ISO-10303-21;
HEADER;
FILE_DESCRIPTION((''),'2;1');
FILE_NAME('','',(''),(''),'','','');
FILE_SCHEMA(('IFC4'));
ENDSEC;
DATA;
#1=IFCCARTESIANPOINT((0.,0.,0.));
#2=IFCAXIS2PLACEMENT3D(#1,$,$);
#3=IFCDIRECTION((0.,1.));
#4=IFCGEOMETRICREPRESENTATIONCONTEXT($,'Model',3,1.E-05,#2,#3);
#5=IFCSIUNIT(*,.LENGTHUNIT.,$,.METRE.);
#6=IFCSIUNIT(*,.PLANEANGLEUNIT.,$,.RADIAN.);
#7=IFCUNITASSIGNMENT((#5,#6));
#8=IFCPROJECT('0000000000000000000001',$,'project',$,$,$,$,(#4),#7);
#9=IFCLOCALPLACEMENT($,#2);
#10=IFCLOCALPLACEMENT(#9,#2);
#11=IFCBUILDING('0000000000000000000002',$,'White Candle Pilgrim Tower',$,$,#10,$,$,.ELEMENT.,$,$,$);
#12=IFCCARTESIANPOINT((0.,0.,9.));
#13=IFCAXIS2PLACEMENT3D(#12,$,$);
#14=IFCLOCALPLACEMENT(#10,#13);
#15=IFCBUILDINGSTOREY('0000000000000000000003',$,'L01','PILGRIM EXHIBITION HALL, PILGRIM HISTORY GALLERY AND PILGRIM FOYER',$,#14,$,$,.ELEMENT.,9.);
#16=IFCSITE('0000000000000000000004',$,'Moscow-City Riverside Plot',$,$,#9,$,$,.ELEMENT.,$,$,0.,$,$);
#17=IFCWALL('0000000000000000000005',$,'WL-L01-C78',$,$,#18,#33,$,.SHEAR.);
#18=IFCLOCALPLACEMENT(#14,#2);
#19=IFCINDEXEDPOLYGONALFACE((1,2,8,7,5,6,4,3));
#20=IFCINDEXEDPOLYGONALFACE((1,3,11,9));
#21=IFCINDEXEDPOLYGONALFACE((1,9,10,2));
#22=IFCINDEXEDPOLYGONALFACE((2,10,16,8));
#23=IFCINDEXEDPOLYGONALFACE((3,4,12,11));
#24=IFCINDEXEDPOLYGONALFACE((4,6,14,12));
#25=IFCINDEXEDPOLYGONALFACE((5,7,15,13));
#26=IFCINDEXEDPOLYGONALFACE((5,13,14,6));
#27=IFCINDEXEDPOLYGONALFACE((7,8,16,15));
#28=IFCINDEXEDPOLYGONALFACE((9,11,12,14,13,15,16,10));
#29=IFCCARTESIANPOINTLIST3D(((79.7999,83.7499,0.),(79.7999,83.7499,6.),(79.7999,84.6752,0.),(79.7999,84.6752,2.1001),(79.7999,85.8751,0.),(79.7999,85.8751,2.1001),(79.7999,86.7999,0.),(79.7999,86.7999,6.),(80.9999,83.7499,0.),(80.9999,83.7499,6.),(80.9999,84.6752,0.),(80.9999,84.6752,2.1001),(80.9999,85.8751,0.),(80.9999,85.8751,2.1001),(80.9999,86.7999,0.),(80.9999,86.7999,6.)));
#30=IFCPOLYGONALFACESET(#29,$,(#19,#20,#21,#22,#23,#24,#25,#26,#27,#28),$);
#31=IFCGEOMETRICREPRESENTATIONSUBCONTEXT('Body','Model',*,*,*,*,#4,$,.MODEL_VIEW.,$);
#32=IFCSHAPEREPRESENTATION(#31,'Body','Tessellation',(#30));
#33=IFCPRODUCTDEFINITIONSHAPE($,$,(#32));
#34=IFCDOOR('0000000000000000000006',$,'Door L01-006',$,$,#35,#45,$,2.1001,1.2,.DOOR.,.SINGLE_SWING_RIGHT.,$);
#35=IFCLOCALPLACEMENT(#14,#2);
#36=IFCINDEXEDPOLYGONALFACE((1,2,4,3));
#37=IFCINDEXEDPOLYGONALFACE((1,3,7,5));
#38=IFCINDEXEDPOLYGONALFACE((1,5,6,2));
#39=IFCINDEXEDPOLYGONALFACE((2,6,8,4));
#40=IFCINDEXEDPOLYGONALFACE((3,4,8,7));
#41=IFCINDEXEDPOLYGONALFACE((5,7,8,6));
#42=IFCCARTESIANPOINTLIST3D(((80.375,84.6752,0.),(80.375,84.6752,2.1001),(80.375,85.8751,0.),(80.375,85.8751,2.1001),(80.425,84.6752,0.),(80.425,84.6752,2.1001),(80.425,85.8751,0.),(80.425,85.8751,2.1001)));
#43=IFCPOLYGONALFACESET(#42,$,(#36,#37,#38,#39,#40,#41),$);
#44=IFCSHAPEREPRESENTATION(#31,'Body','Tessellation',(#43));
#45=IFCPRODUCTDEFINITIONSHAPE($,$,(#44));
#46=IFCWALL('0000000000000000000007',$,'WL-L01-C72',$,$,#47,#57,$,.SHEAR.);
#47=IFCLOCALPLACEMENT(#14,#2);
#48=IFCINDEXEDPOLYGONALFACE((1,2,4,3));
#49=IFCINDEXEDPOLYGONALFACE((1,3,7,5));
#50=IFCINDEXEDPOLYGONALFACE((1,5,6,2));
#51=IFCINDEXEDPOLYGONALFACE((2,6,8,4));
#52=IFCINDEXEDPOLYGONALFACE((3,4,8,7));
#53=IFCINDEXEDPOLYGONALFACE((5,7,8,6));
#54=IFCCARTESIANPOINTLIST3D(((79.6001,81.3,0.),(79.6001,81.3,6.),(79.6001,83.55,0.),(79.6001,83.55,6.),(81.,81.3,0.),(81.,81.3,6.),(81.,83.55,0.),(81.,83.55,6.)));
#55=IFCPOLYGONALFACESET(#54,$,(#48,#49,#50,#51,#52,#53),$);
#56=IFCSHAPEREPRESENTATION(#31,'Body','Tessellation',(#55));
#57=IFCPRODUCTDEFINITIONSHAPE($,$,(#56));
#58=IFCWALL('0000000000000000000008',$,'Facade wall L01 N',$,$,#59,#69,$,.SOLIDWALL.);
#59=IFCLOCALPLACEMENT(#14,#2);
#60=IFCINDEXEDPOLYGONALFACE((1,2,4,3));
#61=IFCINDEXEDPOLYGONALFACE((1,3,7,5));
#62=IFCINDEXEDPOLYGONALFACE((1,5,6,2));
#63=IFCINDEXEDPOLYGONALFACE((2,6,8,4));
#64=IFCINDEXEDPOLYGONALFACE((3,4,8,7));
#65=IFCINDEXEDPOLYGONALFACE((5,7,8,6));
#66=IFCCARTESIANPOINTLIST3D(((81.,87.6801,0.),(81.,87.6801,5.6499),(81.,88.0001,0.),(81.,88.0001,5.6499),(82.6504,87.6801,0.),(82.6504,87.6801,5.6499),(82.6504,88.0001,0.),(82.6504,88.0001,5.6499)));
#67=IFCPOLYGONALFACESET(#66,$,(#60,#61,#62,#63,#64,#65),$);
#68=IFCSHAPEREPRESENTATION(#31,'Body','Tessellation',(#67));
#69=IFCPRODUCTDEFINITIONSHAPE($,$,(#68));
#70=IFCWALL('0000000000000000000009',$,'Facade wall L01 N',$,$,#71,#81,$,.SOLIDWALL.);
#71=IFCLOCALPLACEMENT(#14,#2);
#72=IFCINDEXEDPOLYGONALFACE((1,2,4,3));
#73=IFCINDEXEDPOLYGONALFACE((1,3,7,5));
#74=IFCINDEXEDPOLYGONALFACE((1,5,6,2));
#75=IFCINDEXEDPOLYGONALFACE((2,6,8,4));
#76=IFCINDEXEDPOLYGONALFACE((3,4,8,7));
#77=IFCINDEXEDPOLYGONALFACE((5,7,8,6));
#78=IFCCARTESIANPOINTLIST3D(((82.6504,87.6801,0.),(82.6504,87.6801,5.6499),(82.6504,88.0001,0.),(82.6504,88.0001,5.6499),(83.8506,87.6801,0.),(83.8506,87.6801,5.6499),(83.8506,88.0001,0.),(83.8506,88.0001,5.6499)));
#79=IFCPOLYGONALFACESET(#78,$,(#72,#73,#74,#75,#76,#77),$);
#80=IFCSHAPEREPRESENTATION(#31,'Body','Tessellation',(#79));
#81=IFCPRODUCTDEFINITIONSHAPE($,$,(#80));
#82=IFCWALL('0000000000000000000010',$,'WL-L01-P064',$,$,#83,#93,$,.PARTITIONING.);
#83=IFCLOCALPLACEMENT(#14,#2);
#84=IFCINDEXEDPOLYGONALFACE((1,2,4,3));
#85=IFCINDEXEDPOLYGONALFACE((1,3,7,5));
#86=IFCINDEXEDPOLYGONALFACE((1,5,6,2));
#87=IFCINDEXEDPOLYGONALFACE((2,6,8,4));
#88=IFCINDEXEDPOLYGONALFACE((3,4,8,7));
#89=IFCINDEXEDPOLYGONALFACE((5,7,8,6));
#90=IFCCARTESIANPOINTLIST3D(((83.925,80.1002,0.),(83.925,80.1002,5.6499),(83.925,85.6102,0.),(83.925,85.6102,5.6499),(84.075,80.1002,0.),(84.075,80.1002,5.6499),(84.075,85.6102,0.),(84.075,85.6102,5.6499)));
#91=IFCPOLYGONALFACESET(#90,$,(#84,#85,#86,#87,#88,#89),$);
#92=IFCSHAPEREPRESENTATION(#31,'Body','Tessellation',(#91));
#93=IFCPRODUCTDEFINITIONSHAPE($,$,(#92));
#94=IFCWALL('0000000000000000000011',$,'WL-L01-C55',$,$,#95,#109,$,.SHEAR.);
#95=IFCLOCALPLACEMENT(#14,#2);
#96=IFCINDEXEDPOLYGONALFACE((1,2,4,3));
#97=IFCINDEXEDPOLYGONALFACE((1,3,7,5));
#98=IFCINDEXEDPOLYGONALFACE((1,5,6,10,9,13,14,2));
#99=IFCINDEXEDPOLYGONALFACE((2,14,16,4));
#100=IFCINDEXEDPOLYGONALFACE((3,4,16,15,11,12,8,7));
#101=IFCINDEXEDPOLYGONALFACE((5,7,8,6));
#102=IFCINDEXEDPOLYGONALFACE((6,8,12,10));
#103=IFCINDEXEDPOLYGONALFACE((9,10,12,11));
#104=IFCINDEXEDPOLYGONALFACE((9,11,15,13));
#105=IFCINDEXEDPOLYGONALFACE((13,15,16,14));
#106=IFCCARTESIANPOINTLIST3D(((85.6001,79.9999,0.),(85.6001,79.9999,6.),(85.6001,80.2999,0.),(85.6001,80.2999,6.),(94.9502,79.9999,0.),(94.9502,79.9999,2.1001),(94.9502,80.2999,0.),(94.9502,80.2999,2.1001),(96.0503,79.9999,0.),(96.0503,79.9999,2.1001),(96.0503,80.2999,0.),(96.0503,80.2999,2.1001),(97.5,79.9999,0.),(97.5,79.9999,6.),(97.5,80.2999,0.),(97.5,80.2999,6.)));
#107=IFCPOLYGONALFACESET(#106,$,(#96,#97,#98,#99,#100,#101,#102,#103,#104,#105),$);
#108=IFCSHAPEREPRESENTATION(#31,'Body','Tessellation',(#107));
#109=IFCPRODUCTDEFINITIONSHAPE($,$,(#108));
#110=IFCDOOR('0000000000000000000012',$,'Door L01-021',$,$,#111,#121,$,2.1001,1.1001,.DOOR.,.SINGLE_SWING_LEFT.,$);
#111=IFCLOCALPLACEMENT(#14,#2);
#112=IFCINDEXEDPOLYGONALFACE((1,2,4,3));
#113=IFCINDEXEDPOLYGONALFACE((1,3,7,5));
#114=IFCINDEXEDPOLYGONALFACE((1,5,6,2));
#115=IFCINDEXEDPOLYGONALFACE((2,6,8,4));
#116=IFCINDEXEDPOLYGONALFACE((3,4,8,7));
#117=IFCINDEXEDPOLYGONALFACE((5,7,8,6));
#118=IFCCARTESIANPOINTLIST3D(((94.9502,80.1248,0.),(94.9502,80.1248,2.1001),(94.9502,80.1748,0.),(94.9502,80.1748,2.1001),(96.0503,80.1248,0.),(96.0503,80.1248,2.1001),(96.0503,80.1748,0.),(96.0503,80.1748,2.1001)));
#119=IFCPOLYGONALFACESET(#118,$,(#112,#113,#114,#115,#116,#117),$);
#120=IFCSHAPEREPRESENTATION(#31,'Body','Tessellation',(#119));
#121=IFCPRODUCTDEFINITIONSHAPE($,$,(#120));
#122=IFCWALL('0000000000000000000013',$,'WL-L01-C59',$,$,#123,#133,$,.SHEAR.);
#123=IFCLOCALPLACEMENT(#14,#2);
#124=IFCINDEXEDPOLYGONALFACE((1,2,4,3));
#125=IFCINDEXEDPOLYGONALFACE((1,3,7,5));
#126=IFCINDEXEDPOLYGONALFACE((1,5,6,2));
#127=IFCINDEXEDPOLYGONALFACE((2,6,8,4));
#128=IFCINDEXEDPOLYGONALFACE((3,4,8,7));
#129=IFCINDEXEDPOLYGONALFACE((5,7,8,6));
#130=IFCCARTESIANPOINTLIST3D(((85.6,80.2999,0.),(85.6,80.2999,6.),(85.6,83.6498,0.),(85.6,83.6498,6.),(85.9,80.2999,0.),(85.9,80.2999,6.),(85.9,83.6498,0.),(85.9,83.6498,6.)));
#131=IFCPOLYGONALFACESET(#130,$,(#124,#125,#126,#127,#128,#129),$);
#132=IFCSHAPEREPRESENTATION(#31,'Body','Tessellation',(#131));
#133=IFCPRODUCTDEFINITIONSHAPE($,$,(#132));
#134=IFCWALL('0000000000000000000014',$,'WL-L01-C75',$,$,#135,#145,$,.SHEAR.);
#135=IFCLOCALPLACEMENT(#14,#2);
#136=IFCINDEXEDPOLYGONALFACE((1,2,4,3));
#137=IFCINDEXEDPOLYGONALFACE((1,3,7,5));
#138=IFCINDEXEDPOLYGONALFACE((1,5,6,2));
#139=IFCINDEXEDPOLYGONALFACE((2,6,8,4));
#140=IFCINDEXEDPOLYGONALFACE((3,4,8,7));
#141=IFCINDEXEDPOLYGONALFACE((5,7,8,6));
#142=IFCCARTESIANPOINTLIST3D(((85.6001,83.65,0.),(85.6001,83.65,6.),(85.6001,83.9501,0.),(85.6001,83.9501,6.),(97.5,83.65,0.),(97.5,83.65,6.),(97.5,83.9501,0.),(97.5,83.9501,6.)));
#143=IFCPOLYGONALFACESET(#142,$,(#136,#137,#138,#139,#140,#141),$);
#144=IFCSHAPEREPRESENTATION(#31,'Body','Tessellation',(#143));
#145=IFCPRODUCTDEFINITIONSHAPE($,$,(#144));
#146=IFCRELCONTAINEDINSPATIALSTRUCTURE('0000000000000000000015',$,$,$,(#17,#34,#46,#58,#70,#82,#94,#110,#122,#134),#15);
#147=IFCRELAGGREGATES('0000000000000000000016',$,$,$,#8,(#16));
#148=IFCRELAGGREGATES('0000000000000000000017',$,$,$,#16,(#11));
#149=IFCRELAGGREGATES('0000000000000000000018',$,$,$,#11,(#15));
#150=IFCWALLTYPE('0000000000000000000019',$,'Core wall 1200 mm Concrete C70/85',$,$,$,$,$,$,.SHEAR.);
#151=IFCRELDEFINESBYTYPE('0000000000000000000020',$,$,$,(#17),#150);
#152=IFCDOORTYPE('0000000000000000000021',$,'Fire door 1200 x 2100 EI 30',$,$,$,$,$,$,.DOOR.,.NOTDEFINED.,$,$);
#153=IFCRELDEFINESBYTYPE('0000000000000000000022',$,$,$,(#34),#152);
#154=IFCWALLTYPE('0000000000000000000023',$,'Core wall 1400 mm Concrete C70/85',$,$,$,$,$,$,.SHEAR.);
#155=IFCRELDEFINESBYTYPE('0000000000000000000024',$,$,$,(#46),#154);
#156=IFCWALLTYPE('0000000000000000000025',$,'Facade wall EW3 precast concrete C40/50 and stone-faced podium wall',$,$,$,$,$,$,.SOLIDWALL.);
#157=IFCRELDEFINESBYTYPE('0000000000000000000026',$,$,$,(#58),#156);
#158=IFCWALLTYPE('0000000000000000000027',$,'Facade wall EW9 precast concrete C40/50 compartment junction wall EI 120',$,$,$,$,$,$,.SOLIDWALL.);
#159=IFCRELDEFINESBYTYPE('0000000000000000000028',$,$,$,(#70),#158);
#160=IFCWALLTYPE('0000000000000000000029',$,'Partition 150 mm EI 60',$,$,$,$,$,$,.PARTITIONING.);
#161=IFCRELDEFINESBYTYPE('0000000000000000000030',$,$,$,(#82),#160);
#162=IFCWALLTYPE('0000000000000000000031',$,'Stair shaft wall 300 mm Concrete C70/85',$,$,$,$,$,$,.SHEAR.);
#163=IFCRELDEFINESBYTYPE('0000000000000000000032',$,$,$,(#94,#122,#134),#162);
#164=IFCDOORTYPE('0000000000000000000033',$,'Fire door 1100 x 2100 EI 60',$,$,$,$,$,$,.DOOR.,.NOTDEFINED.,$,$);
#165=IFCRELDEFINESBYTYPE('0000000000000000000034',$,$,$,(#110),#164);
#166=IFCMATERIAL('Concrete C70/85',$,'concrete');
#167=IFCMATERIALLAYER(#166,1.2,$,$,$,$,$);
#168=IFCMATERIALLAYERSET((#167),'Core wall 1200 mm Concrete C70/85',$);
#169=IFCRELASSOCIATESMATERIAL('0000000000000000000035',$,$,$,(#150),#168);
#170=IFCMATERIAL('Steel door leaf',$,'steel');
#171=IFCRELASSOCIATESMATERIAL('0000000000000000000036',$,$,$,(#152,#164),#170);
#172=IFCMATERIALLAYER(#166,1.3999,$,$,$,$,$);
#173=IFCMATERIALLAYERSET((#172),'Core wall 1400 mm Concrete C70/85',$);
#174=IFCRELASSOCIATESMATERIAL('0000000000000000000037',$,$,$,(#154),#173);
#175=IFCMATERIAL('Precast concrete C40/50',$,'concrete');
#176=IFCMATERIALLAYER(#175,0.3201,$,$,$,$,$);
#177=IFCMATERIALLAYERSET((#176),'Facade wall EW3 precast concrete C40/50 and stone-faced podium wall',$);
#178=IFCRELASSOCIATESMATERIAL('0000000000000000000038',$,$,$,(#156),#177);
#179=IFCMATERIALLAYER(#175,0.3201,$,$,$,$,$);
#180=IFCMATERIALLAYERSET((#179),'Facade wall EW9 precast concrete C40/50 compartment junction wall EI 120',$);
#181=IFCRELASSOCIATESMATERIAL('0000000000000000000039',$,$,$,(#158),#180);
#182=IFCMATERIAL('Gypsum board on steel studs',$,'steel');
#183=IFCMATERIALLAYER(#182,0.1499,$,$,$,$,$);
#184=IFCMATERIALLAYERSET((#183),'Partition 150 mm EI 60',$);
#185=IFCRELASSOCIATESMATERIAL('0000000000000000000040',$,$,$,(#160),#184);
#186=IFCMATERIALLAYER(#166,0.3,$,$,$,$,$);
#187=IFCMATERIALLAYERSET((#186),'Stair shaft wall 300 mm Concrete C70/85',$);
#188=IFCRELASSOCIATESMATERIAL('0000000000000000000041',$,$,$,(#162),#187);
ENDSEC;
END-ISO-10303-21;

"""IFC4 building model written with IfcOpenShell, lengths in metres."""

from ifc_helpers import new_model, si_unit, direction, frame, frame_2d, origin, place, context, subcontext, project, spatial, rectangle, extrude, material, layer, layer_set, type_object, element, fill, save


model = new_model("IFC4")

# Units and contexts
model_context = context("Model", 3, precision=1e-05, world=origin(), true_north=direction((0.0, 1.0)))
body_context = subcontext(model_context, "Body", "Model", "MODEL_VIEW")
ifc_project = project(units=[si_unit("LENGTHUNIT", "METRE"), si_unit("PLANEANGLEUNIT", "RADIAN")], contexts=[model_context])

# Site, building, storey
site_placement = place(None, origin())
site = spatial("IfcSite", under=ifc_project, at=site_placement, Name="Moscow-City Riverside Plot", CompositionType="ELEMENT", RefElevation=0.0)
building_placement = place(site_placement, origin())
building = spatial("IfcBuilding", under=site, at=building_placement, Name="White Candle Pilgrim Tower", CompositionType="ELEMENT")
storey_placement = place(building_placement, frame((0.0, 0.0, 9.0)))
storey = spatial("IfcBuildingStorey", under=building, at=storey_placement, Name="L01", Description="PILGRIM EXHIBITION HALL, PILGRIM HISTORY GALLERY AND PILGRIM FOYER", CompositionType="ELEMENT", Elevation=9.0)

# Shared definitions
ifc_material_1 = material(Name="Steel door leaf", Category="steel")

# Wall, opening, door
ifc_material_2 = material(Name="Concrete C70/85", Category="concrete")
ifc_layer_1 = layer(ifc_material_2, 1.2)
ifc_layer_set_1 = layer_set([ifc_layer_1], Name="Core wall 1200 mm Concrete C70/85")
wall_type_1 = type_object("IfcWallType", Name="Core wall 1200 mm Concrete C70/85", PredefinedType="SHEAR", material=ifc_layer_set_1)
wall_1_placement = place(storey_placement, frame((80.3999, 83.75, 0.0), z_axis=(0.0, 0.0, 1.0), x_axis=(0.0, 1.0, 0.0)))
wall_1 = element("IfcWall", 1, at=wall_1_placement, inside=storey, type_object=wall_type_1, Name="WL-L01-C78", PredefinedType="SHEAR", context=body_context, shape_type="SweptSolid", body=[
    extrude(rectangle(XDim=3.05, YDim=1.2, at=frame_2d((1.5249, 0.0))), origin(), (0.0, 0.0, 1.0), 6.0),
])
opening_1_placement = place(wall_1_placement, frame((0.925, 0.0, 0.0)))
opening_1 = element("IfcOpeningElement", 2, at=opening_1_placement, cuts=wall_1, PredefinedType="OPENING", context=body_context, shape_type="SweptSolid", body=[
    extrude(rectangle(XDim=1.2, YDim=2.1001, at=frame_2d((0.6001, 1.05))), frame((0.0, 0.6099, 0.0), z_axis=(0.0, -1.0, 0.0), x_axis=(1.0, 0.0, 0.0)), (0.0, 0.0, 1.0), 1.22),
])
door_type_1 = type_object("IfcDoorType", Name="Fire door 1200 x 2100 EI 30", OperationType="NOTDEFINED", PredefinedType="DOOR", material=ifc_material_1)
door_1_placement = place(opening_1_placement, origin())
door_1 = element("IfcDoor", 3, at=door_1_placement, inside=storey, type_object=door_type_1, Name="Door L01-006", OperationType="SINGLE_SWING_RIGHT", OverallHeight=2.1001, OverallWidth=1.2, PredefinedType="DOOR", context=body_context, shape_type="SweptSolid", body=[
    extrude(rectangle(XDim=1.2, YDim=2.1001, at=frame_2d((0.6001, 1.05))), frame((0.0, 0.0249, 0.0), z_axis=(0.0, -1.0, 0.0), x_axis=(1.0, 0.0, 0.0)), (0.0, 0.0, 1.0), 0.05),
])
fill(opening_1, door_1)

# Walls
ifc_layer_2 = layer(ifc_material_2, 1.3999)
ifc_layer_set_2 = layer_set([ifc_layer_2], Name="Core wall 1400 mm Concrete C70/85")
wall_type_2 = type_object("IfcWallType", Name="Core wall 1400 mm Concrete C70/85", PredefinedType="SHEAR", material=ifc_layer_set_2)
wall_2_placement = place(storey_placement, frame((80.3, 81.3, 0.0), z_axis=(0.0, 0.0, 1.0), x_axis=(0.0, 1.0, 0.0)))
element("IfcWall", 4, at=wall_2_placement, inside=storey, type_object=wall_type_2, Name="WL-L01-C72", PredefinedType="SHEAR", context=body_context, shape_type="SweptSolid", body=[
    extrude(rectangle(XDim=2.25, YDim=1.3999, at=frame_2d((1.125, 0.0))), origin(), (0.0, 0.0, 1.0), 6.0),
])
ifc_material_3 = material(Name="Precast concrete C40/50", Category="concrete")
ifc_layer_3 = layer(ifc_material_3, 0.3201)
ifc_layer_set_3 = layer_set([ifc_layer_3], Name="Facade wall EW3 precast concrete C40/50 and stone-faced podium wall")
wall_type_3 = type_object("IfcWallType", Name="Facade wall EW3 precast concrete C40/50 and stone-faced podium wall", PredefinedType="SOLIDWALL", material=ifc_layer_set_3)
wall_3_placement = place(storey_placement, frame((82.6504, 87.8401, 0.0), z_axis=(0.0, 0.0, 1.0), x_axis=(-1.0, 0.0, 0.0)))
element("IfcWall", 5, at=wall_3_placement, inside=storey, type_object=wall_type_3, Name="Facade wall L01 N", PredefinedType="SOLIDWALL", context=body_context, shape_type="SweptSolid", body=[
    extrude(rectangle(XDim=1.6504, YDim=0.3201, at=frame_2d((0.8252, 0.0))), origin(), (0.0, 0.0, 1.0), 5.6499),
])
ifc_layer_4 = layer(ifc_material_3, 0.3201)
ifc_layer_set_4 = layer_set([ifc_layer_4], Name="Facade wall EW9 precast concrete C40/50 compartment junction wall EI 120")
wall_type_4 = type_object("IfcWallType", Name="Facade wall EW9 precast concrete C40/50 compartment junction wall EI 120", PredefinedType="SOLIDWALL", material=ifc_layer_set_4)
wall_4_placement = place(storey_placement, frame((83.8506, 87.8401, 0.0), z_axis=(0.0, 0.0, 1.0), x_axis=(-1.0, 0.0, 0.0)))
element("IfcWall", 6, at=wall_4_placement, inside=storey, type_object=wall_type_4, Name="Facade wall L01 N", PredefinedType="SOLIDWALL", context=body_context, shape_type="SweptSolid", body=[
    extrude(rectangle(XDim=1.2002, YDim=0.3201, at=frame_2d((0.6001, 0.0))), origin(), (0.0, 0.0, 1.0), 5.6499),
])
ifc_material_4 = material(Name="Gypsum board on steel studs", Category="steel")
ifc_layer_5 = layer(ifc_material_4, 0.1499)
ifc_layer_set_5 = layer_set([ifc_layer_5], Name="Partition 150 mm EI 60")
wall_type_5 = type_object("IfcWallType", Name="Partition 150 mm EI 60", PredefinedType="PARTITIONING", material=ifc_layer_set_5)
wall_5_placement = place(storey_placement, frame((84.0, 85.6101, 0.0), z_axis=(0.0, 0.0, 1.0), x_axis=(0.0, -1.0, 0.0)))
element("IfcWall", 7, at=wall_5_placement, inside=storey, type_object=wall_type_5, Name="WL-L01-P064", PredefinedType="PARTITIONING", context=body_context, shape_type="SweptSolid", body=[
    extrude(rectangle(XDim=5.51, YDim=0.1499, at=frame_2d((2.7549, 0.0))), origin(), (0.0, 0.0, 1.0), 5.6499),
])

# Wall, opening, door
ifc_layer_6 = layer(ifc_material_2, 0.3)
ifc_layer_set_6 = layer_set([ifc_layer_6], Name="Stair shaft wall 300 mm Concrete C70/85")
wall_type_6 = type_object("IfcWallType", Name="Stair shaft wall 300 mm Concrete C70/85", PredefinedType="SHEAR", material=ifc_layer_set_6)
wall_6_placement = place(storey_placement, frame((85.6001, 80.1499, 0.0), z_axis=(0.0, 0.0, 1.0), x_axis=(1.0, 0.0, 0.0)))
wall_6 = element("IfcWall", 8, at=wall_6_placement, inside=storey, type_object=wall_type_6, Name="WL-L01-C55", PredefinedType="SHEAR", context=body_context, shape_type="SweptSolid", body=[
    extrude(rectangle(XDim=11.8999, YDim=0.3, at=frame_2d((5.95, 0.0))), origin(), (0.0, 0.0, 1.0), 6.0),
])
opening_2_placement = place(wall_6_placement, frame((9.3501, 0.0, 0.0)))
opening_2 = element("IfcOpeningElement", 9, at=opening_2_placement, cuts=wall_6, PredefinedType="OPENING", context=body_context, shape_type="SweptSolid", body=[
    extrude(rectangle(XDim=1.1001, YDim=2.1001, at=frame_2d((0.55, 1.05))), frame((0.0, 0.1599, 0.0), z_axis=(0.0, -1.0, 0.0), x_axis=(1.0, 0.0, 0.0)), (0.0, 0.0, 1.0), 0.3201),
])
door_type_2 = type_object("IfcDoorType", Name="Fire door 1100 x 2100 EI 60", OperationType="NOTDEFINED", PredefinedType="DOOR", material=ifc_material_1)
door_2_placement = place(opening_2_placement, origin())
door_2 = element("IfcDoor", 10, at=door_2_placement, inside=storey, type_object=door_type_2, Name="Door L01-021", OperationType="SINGLE_SWING_LEFT", OverallHeight=2.1001, OverallWidth=1.1001, PredefinedType="DOOR", context=body_context, shape_type="SweptSolid", body=[
    extrude(rectangle(XDim=1.1001, YDim=2.1001, at=frame_2d((0.55, 1.05))), frame((0.0, 0.0249, 0.0), z_axis=(0.0, -1.0, 0.0), x_axis=(1.0, 0.0, 0.0)), (0.0, 0.0, 1.0), 0.05),
])
fill(opening_2, door_2)

# Walls
wall_7_placement = place(storey_placement, frame((85.75, 80.3, 0.0), z_axis=(0.0, 0.0, 1.0), x_axis=(0.0, 1.0, 0.0)))
element("IfcWall", 11, at=wall_7_placement, inside=storey, type_object=wall_type_6, Name="WL-L01-C59", PredefinedType="SHEAR", context=body_context, shape_type="SweptSolid", body=[
    extrude(rectangle(XDim=3.3499, YDim=0.3, at=frame_2d((1.6748, 0.0))), origin(), (0.0, 0.0, 1.0), 6.0),
])
wall_8_placement = place(storey_placement, frame((85.6001, 83.8, 0.0), z_axis=(0.0, 0.0, 1.0), x_axis=(1.0, 0.0, 0.0)))
element("IfcWall", 12, at=wall_8_placement, inside=storey, type_object=wall_type_6, Name="WL-L01-C75", PredefinedType="SHEAR", context=body_context, shape_type="SweptSolid", body=[
    extrude(rectangle(XDim=11.8999, YDim=0.3, at=frame_2d((5.95, 0.0))), origin(), (0.0, 0.0, 1.0), 6.0),
])

save(model, "model.ifc")
